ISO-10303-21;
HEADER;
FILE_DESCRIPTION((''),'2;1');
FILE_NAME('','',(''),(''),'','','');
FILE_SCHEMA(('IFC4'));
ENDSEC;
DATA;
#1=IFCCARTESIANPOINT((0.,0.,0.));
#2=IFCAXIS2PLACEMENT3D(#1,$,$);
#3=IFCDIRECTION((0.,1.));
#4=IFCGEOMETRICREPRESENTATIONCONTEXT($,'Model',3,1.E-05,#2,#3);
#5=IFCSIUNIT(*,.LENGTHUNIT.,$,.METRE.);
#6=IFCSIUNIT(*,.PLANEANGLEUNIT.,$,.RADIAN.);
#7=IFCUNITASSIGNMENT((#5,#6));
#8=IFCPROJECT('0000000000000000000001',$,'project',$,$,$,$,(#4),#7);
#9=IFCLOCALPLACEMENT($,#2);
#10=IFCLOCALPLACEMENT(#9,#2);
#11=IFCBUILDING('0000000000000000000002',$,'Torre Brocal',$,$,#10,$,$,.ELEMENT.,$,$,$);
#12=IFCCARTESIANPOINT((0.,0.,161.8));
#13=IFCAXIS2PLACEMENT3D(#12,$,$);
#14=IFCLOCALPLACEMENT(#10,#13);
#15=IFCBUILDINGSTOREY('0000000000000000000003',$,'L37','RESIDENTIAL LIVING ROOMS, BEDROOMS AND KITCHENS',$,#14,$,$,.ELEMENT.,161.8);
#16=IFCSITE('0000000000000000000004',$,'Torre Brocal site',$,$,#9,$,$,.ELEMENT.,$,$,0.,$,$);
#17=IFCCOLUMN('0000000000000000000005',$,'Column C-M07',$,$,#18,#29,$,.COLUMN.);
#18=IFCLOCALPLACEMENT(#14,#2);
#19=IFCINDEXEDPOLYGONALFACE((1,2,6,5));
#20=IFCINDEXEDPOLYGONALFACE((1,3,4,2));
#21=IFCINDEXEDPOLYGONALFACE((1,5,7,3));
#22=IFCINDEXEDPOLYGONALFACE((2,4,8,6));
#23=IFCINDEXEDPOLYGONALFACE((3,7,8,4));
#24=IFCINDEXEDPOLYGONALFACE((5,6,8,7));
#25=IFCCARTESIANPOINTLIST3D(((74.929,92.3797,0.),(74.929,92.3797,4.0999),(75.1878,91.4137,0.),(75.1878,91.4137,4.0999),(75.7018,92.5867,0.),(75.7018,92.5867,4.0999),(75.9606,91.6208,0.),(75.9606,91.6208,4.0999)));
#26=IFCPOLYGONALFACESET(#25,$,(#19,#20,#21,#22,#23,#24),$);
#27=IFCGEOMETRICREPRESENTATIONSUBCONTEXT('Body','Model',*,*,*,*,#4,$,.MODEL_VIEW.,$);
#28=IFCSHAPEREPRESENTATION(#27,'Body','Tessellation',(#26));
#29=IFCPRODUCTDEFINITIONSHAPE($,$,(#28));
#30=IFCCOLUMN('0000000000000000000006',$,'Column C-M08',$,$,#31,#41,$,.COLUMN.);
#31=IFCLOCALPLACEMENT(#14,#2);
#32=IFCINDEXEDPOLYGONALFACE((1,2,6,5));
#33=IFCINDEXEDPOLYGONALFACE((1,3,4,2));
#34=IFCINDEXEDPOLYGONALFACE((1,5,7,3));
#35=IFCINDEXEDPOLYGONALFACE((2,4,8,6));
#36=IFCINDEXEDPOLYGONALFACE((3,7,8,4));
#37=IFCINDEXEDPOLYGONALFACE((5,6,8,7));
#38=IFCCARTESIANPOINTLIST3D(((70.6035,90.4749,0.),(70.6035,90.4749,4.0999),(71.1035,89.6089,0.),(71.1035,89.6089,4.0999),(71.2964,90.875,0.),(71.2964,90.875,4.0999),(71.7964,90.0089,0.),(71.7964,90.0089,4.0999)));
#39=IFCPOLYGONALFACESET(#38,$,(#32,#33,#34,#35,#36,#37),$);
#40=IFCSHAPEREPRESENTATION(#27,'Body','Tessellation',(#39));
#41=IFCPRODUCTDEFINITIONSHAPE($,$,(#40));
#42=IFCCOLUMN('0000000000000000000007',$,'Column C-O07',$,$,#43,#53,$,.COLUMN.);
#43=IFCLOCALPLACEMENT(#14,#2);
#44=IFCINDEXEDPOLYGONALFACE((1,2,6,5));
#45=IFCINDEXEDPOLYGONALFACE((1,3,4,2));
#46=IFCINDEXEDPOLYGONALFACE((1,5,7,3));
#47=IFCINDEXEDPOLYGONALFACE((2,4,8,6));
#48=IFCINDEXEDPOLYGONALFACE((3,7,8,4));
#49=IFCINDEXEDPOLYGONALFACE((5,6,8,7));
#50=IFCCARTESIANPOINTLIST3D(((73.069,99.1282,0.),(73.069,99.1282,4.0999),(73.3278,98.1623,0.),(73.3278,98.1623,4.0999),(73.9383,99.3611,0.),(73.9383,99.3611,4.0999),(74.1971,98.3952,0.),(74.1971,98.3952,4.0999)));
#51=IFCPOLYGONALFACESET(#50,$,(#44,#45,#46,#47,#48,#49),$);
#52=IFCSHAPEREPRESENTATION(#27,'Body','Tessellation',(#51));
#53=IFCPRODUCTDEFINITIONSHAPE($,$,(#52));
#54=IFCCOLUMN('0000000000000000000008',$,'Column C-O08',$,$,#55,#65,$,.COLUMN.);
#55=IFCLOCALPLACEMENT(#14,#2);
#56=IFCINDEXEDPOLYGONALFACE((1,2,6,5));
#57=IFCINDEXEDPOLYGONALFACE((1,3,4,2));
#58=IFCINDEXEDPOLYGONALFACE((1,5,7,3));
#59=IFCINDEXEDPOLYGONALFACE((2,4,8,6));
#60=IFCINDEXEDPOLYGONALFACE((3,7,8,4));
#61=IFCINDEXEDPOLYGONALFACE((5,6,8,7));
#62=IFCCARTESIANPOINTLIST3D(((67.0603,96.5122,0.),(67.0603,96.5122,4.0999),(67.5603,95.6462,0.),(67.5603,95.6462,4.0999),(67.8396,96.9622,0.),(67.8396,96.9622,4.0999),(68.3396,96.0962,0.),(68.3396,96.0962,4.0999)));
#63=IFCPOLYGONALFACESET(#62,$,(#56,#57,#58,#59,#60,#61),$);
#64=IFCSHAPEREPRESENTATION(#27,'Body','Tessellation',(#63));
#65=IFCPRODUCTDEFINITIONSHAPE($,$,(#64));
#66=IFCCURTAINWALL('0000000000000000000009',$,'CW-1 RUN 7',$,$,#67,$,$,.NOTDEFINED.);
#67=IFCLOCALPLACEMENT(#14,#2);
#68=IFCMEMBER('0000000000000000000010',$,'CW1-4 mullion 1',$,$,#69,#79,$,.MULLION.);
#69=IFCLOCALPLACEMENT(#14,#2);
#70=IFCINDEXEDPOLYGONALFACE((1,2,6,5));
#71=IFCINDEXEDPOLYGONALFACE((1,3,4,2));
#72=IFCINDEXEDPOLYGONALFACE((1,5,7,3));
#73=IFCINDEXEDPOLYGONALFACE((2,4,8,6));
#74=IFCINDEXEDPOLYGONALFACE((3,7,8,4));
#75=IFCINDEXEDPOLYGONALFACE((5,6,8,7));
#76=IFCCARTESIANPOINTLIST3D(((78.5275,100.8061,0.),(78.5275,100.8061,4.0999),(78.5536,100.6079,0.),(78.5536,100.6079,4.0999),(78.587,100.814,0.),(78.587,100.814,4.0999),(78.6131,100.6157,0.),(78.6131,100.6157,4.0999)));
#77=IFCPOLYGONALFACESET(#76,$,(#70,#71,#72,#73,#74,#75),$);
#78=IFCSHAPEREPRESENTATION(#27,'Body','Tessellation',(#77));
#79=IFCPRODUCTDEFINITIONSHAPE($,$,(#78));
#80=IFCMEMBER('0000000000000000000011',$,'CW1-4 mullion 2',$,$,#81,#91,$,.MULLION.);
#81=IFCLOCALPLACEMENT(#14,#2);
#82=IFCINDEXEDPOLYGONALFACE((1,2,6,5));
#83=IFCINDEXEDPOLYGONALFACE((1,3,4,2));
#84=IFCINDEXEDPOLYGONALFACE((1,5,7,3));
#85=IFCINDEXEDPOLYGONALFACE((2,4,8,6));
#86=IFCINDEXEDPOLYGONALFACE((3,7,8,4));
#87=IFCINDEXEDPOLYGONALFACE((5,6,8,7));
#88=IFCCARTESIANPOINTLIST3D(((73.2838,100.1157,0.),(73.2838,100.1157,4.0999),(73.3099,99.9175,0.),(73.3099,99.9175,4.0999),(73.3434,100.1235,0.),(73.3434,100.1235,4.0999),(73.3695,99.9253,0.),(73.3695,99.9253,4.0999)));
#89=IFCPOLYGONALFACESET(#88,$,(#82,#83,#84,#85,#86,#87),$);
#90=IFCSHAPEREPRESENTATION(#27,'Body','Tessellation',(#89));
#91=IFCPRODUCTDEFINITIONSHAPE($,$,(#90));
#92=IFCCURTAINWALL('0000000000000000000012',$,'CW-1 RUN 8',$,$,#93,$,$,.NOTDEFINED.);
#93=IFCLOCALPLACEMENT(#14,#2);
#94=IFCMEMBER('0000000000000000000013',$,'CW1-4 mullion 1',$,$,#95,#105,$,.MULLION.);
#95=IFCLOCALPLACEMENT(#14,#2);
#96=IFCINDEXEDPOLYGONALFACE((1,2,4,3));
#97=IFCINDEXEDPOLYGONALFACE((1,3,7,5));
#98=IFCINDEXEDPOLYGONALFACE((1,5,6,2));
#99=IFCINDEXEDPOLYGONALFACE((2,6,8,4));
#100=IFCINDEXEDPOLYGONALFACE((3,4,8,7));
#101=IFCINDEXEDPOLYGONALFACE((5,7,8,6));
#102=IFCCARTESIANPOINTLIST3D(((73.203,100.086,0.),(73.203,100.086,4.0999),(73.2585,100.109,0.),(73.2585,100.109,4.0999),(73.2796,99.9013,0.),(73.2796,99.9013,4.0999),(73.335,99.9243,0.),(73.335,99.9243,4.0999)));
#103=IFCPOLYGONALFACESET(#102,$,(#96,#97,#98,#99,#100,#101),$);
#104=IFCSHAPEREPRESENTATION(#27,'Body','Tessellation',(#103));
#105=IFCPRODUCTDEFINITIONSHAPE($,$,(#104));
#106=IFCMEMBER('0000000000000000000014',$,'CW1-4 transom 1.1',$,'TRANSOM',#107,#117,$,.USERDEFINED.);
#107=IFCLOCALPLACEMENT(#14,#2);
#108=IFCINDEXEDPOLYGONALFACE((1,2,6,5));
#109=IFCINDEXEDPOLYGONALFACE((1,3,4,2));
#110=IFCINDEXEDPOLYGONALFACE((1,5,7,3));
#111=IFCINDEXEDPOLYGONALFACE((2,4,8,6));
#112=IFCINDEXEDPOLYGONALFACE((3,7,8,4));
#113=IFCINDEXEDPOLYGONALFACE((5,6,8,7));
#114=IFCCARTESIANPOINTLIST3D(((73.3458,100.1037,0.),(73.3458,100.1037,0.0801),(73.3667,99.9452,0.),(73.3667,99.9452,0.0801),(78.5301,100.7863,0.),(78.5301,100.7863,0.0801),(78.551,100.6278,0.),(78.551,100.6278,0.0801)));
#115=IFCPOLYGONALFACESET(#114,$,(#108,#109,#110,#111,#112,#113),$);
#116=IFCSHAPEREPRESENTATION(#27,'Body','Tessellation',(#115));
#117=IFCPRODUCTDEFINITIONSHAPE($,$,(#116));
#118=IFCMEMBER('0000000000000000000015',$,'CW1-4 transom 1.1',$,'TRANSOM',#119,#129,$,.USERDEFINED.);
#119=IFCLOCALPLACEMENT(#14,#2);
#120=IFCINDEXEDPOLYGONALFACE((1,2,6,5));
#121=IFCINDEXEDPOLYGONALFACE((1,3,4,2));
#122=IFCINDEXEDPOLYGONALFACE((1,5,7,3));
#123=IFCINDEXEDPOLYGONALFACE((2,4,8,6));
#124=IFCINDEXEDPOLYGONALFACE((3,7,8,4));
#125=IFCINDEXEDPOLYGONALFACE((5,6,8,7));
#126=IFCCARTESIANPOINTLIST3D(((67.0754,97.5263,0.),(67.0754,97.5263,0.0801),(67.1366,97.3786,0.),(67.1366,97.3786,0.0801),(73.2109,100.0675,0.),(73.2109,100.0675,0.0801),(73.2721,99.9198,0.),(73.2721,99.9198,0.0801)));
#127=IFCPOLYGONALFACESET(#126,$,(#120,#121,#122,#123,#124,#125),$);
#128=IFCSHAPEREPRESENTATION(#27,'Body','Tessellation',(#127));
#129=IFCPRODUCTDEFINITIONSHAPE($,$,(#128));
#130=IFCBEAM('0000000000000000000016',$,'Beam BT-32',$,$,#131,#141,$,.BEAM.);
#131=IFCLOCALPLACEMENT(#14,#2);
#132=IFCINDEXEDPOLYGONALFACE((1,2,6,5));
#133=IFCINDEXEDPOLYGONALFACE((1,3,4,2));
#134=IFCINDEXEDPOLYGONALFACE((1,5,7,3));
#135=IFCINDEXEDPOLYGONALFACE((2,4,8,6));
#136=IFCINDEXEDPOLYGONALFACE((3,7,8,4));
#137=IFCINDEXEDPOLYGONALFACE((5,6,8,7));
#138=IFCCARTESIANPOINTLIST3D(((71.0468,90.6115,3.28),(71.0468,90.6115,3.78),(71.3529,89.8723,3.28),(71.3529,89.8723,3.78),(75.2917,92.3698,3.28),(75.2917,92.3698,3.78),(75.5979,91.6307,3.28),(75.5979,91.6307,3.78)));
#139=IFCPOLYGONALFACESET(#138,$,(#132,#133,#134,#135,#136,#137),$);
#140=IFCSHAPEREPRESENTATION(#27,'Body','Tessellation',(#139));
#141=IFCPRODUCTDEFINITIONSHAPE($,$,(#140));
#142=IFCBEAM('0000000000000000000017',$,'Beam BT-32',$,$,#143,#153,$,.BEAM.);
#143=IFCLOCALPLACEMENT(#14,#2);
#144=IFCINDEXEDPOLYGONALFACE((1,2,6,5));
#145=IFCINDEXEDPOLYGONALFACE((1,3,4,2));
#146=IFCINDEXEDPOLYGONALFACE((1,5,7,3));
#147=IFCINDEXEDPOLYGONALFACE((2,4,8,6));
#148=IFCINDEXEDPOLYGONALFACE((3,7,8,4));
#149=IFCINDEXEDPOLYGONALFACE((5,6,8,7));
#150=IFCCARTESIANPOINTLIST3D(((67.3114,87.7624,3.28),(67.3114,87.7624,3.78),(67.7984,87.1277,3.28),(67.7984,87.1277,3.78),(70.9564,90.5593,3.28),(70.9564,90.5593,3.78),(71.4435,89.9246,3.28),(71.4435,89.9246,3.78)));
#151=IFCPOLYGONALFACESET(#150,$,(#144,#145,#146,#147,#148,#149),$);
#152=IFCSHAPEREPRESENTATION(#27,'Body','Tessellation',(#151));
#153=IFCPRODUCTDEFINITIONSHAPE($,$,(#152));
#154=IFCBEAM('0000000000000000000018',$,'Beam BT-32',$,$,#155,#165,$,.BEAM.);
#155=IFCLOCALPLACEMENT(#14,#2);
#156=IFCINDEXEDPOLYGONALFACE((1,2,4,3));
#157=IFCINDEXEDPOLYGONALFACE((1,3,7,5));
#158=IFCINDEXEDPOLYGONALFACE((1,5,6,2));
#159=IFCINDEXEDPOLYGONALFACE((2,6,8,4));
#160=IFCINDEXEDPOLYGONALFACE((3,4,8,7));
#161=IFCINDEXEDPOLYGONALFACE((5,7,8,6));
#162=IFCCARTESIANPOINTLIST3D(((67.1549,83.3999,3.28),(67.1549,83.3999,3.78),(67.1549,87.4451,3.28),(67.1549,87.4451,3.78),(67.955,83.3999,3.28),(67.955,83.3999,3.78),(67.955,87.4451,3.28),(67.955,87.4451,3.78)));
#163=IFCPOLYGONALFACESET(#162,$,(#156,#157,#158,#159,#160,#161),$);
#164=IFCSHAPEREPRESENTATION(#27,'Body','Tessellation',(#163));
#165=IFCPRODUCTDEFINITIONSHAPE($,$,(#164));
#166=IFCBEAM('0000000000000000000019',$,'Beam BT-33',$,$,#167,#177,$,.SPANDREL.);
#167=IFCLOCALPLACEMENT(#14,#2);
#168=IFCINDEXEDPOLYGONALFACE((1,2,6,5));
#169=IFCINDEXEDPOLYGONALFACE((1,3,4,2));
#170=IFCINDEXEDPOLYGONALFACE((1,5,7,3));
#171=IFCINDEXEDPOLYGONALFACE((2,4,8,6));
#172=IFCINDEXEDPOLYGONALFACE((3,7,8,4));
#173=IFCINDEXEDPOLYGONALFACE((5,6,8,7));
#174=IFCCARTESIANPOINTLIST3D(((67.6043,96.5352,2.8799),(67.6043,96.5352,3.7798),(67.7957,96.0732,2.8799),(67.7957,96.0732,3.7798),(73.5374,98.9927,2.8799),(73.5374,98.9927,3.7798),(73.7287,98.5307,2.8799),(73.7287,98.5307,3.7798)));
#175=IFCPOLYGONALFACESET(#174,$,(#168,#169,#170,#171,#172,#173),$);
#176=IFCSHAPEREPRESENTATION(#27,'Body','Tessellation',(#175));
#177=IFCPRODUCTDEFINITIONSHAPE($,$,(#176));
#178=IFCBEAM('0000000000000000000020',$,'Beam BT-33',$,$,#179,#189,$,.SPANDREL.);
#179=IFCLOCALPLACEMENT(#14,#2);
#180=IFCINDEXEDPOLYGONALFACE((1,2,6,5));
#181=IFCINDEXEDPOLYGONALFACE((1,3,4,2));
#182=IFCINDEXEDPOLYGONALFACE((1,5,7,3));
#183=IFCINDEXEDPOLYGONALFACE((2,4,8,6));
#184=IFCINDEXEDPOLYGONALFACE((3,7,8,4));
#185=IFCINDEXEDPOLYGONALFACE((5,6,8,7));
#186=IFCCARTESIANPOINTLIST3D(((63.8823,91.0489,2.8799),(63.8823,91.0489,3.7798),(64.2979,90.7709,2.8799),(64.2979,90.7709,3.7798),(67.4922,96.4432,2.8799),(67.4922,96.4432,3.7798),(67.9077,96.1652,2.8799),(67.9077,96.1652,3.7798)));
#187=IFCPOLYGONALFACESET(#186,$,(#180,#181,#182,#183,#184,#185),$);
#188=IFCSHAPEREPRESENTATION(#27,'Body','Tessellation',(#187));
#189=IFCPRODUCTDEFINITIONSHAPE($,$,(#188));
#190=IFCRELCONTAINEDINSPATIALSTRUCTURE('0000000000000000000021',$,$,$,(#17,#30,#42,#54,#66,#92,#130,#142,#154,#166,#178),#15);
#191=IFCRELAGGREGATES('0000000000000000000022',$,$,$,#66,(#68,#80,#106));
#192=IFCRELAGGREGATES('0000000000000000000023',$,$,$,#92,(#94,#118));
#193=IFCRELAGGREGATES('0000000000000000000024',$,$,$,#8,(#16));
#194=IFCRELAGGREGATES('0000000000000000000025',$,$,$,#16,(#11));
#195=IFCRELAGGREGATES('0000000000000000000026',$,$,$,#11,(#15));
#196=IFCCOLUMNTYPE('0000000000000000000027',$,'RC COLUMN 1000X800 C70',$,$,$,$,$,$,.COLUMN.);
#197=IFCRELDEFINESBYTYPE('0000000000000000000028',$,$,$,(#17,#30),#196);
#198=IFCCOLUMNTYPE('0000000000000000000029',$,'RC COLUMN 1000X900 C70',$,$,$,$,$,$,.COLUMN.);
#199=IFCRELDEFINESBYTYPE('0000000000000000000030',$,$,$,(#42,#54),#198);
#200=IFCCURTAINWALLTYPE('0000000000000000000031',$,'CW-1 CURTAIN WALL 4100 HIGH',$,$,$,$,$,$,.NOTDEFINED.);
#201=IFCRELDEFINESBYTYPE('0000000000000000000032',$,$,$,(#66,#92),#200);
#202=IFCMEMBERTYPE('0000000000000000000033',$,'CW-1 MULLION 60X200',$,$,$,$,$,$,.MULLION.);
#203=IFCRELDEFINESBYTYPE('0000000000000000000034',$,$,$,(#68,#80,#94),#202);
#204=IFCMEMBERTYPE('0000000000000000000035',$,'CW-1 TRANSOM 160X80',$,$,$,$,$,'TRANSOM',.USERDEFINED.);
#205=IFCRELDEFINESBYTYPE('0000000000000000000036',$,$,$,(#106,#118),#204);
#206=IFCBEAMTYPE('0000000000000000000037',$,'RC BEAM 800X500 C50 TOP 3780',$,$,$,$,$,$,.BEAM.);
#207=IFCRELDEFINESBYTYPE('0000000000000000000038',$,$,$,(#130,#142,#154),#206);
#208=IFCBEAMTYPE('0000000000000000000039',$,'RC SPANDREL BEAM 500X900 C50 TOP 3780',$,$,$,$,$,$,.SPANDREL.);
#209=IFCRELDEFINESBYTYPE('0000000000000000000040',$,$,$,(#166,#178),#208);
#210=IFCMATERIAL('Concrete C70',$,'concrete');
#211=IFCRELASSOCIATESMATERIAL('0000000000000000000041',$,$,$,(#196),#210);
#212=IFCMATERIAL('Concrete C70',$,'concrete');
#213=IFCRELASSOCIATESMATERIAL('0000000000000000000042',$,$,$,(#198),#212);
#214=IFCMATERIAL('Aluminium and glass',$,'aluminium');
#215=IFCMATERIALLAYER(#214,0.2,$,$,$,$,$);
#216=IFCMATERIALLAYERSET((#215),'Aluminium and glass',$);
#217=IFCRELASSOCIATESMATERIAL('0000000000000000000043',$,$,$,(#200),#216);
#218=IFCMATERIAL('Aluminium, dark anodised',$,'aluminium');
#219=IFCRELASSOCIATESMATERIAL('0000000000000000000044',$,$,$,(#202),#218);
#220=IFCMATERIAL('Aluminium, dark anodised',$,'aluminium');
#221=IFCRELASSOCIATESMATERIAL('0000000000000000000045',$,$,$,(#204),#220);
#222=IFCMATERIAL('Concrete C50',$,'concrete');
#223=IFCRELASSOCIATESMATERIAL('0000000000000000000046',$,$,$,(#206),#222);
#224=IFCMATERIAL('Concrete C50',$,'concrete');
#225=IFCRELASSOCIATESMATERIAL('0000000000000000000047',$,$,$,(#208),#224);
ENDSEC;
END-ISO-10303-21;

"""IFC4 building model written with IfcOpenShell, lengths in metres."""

from ifc_helpers import new_model, si_unit, direction, frame, origin, origin_2d, place, context, subcontext, project, spatial, rectangle, extrude, material, layer, layer_set, material_profile, profile_set, type_object, element, aggregate, save


model = new_model("IFC4")

# Units and contexts
model_context = context("Model", 3, precision=1e-05, world=origin(), true_north=direction((0.0, 1.0)))
body_context = subcontext(model_context, "Body", "Model", "MODEL_VIEW")
ifc_project = project(units=[si_unit("LENGTHUNIT", "METRE"), si_unit("PLANEANGLEUNIT", "RADIAN")], contexts=[model_context])

# Site, building, storey
site_placement = place(None, origin())
site = spatial("IfcSite", under=ifc_project, at=site_placement, Name="Torre Brocal site", CompositionType="ELEMENT", RefElevation=0.0)
building_placement = place(site_placement, origin())
building = spatial("IfcBuilding", under=site, at=building_placement, Name="Torre Brocal", CompositionType="ELEMENT")
storey_placement = place(building_placement, frame((0.0, 0.0, 161.8)))
storey = spatial("IfcBuildingStorey", under=building, at=storey_placement, Name="L37", Description="RESIDENTIAL LIVING ROOMS, BEDROOMS AND KITCHENS", CompositionType="ELEMENT", Elevation=161.8)

# Columns
ifc_material_1 = material(Name="Concrete C70", Category="concrete")
ifc_material_profile_1 = material_profile(ifc_material_1, rectangle(XDim=1.0, YDim=0.8, at=origin_2d()), Name="RC 1000X800")
ifc_profile_set_1 = profile_set([ifc_material_profile_1], Name="Concrete C70")
column_type_1 = type_object("IfcColumnType", Name="RC COLUMN 1000X800 C70", PredefinedType="COLUMN", material=ifc_profile_set_1)
for number, where, z_axis, x_axis, name in (
    (1, (75.4448, 92.0002, 0.0), (0.0, 0.0, 1.0), (-0.258819, 0.965926, 0.0), "Column C-M07"),
    (2, (71.2, 90.2419, 0.0), (0.0, 0.0, 1.0), (-0.5, 0.866025, 0.0), "Column C-M08"),
):
    element("IfcColumn", number, at=place(storey_placement, frame(where, z_axis=z_axis, x_axis=x_axis)), inside=storey, type_object=column_type_1, Name=name, PredefinedType="COLUMN", context=body_context, shape_type="SweptSolid", body=[
        extrude(rectangle(XDim=1.0, YDim=0.8, at=origin_2d()), origin(), (0.0, 0.0, 1.0), 4.0999),
    ])
ifc_material_2 = material(Name="Concrete C70", Category="concrete")
ifc_material_profile_2 = material_profile(ifc_material_2, rectangle(XDim=1.0, YDim=0.8999, at=origin_2d()), Name="RC 1000X900")
ifc_profile_set_2 = profile_set([ifc_material_profile_2], Name="Concrete C70")
column_type_2 = type_object("IfcColumnType", Name="RC COLUMN 1000X900 C70", PredefinedType="COLUMN", material=ifc_profile_set_2)
for number, where, z_axis, x_axis, name in (
    (3, (73.6331, 98.7617, 0.0), (0.0, 0.0, 1.0), (-0.258819, 0.965926, 0.0), "Column C-O07"),
    (4, (67.7, 96.3042, 0.0), (0.0, 0.0, 1.0), (-0.5, 0.866025, 0.0), "Column C-O08"),
):
    element("IfcColumn", number, at=place(storey_placement, frame(where, z_axis=z_axis, x_axis=x_axis)), inside=storey, type_object=column_type_2, Name=name, PredefinedType="COLUMN", context=body_context, shape_type="SweptSolid", body=[
        extrude(rectangle(XDim=1.0, YDim=0.8999, at=origin_2d()), origin(), (0.0, 0.0, 1.0), 4.0999),
    ])

# Curtain wall, members
ifc_material_3 = material(Name="Aluminium and glass", Category="aluminium")
ifc_layer_1 = layer(ifc_material_3, 0.2)
ifc_layer_set_1 = layer_set([ifc_layer_1], Name="Aluminium and glass")
curtain_wall_type = type_object("IfcCurtainWallType", Name="CW-1 CURTAIN WALL 4100 HIGH", PredefinedType="NOTDEFINED", material=ifc_layer_set_1)
curtain_wall_1_placement = place(storey_placement, origin())
curtain_wall_1 = element("IfcCurtainWall", 5, at=curtain_wall_1_placement, inside=storey, type_object=curtain_wall_type, Name="CW-1 RUN 7", PredefinedType="NOTDEFINED")
ifc_material_4 = material(Name="Aluminium, dark anodised", Category="aluminium")
ifc_material_profile_3 = material_profile(ifc_material_4, rectangle(XDim=0.2, YDim=0.0601, at=origin_2d()), Name="CW-1 MULLION 60X200")
ifc_profile_set_3 = profile_set([ifc_material_profile_3], Name="Aluminium, dark anodised")
member_type_1 = type_object("IfcMemberType", Name="CW-1 MULLION 60X200", PredefinedType="MULLION", material=ifc_profile_set_3)
member_1_placement = place(storey_placement, frame((78.5703, 100.7109, 0.0), z_axis=(0.0, 0.0, 1.0), x_axis=(0.130526, -0.991445, 0.0)))
member_1 = element("IfcMember", 6, at=member_1_placement, type_object=member_type_1, Name="CW1-4 mullion 1", PredefinedType="MULLION", context=body_context, shape_type="SweptSolid", body=[
    extrude(rectangle(XDim=0.2, YDim=0.0601, at=origin_2d()), origin(), (0.0, 0.0, 1.0), 4.0999),
])
member_2_placement = place(storey_placement, frame((73.3267, 100.0205, 0.0), z_axis=(0.0, 0.0, 1.0), x_axis=(0.130526, -0.991445, 0.0)))
member_2 = element("IfcMember", 7, at=member_2_placement, type_object=member_type_1, Name="CW1-4 mullion 2", PredefinedType="MULLION", context=body_context, shape_type="SweptSolid", body=[
    extrude(rectangle(XDim=0.2, YDim=0.0601, at=origin_2d()), origin(), (0.0, 0.0, 1.0), 4.0999),
])

# Curtain wall, member
curtain_wall_2_placement = place(storey_placement, origin())
curtain_wall_2 = element("IfcCurtainWall", 8, at=curtain_wall_2_placement, inside=storey, type_object=curtain_wall_type, Name="CW-1 RUN 8", PredefinedType="NOTDEFINED")
member_3_placement = place(storey_placement, frame((73.269, 100.0051, 0.0), z_axis=(0.0, 0.0, 1.0), x_axis=(0.382683, -0.92388, 0.0)))
member_3 = element("IfcMember", 9, at=member_3_placement, type_object=member_type_1, Name="CW1-4 mullion 1", PredefinedType="MULLION", context=body_context, shape_type="SweptSolid", body=[
    extrude(rectangle(XDim=0.2, YDim=0.0601, at=origin_2d()), origin(), (0.0, 0.0, 1.0), 4.0999),
])

# Members
ifc_material_5 = material(Name="Aluminium, dark anodised", Category="aluminium")
ifc_material_profile_4 = material_profile(ifc_material_5, rectangle(XDim=0.1599, YDim=0.0801, at=origin_2d()), Name="CW-1 TRANSOM 160X80")
ifc_profile_set_4 = profile_set([ifc_material_profile_4], Name="Aluminium, dark anodised")
member_type_2 = type_object("IfcMemberType", Name="CW-1 TRANSOM 160X80", ElementType="TRANSOM", PredefinedType="USERDEFINED", material=ifc_profile_set_4)
member_4_placement = place(storey_placement, frame((78.5405, 100.707, 0.04), z_axis=(-0.991443, -0.130543, 0.0), x_axis=(0.130543, -0.991443, 0.0)))
member_4 = element("IfcMember", 10, at=member_4_placement, type_object=member_type_2, Name="CW1-4 transom 1.1", ObjectType="TRANSOM", PredefinedType="USERDEFINED", context=body_context, shape_type="SweptSolid", body=[
    extrude(rectangle(XDim=0.1599, YDim=0.0801, at=origin_2d()), origin(), (0.0, 0.0, 1.0), 5.229),
])
member_5_placement = place(storey_placement, frame((73.2415, 99.9937, 0.04), z_axis=(-0.923887, -0.382665, 0.0), x_axis=(0.382665, -0.923887, 0.0)))
member_5 = element("IfcMember", 11, at=member_5_placement, type_object=member_type_2, Name="CW1-4 transom 1.1", ObjectType="TRANSOM", PredefinedType="USERDEFINED", context=body_context, shape_type="SweptSolid", body=[
    extrude(rectangle(XDim=0.1599, YDim=0.0801, at=origin_2d()), origin(), (0.0, 0.0, 1.0), 6.6409),
])

# Beams
ifc_material_6 = material(Name="Concrete C50", Category="concrete")
ifc_material_profile_5 = material_profile(ifc_material_6, rectangle(XDim=0.8, YDim=0.5, at=origin_2d()), Name="RC 800X500")
ifc_profile_set_5 = profile_set([ifc_material_profile_5], Name="Concrete C50")
beam_type_1 = type_object("IfcBeamType", Name="RC BEAM 800X500 C50 TOP 3780", PredefinedType="BEAM", material=ifc_profile_set_5)
beam_1_placement = place(storey_placement, frame((75.4448, 92.0002, 3.53), z_axis=(-0.923878, -0.382687, 0.0), x_axis=(0.382687, -0.923878, 0.0)))
element("IfcBeam", 12, at=beam_1_placement, inside=storey, type_object=beam_type_1, Name="Beam BT-32", PredefinedType="BEAM", context=body_context, shape_type="SweptSolid", body=[
    extrude(rectangle(XDim=0.8, YDim=0.5, at=origin_2d()), origin(), (0.0, 0.0, 1.0), 4.5947),
])
beam_2_placement = place(storey_placement, frame((71.2, 90.2419, 3.53), z_axis=(-0.793358, -0.608755, 0.0), x_axis=(0.608755, -0.793358, 0.0)))
element("IfcBeam", 13, at=beam_2_placement, inside=storey, type_object=beam_type_1, Name="Beam BT-32", PredefinedType="BEAM", context=body_context, shape_type="SweptSolid", body=[
    extrude(rectangle(XDim=0.8, YDim=0.5, at=origin_2d()), origin(), (0.0, 0.0, 1.0), 4.5945),
])
beam_3_placement = place(storey_placement, frame((67.5549, 87.4451, 3.53), z_axis=(0.0, -1.0, 0.0), x_axis=(1.0, 0.0, 0.0)))
element("IfcBeam", 14, at=beam_3_placement, inside=storey, type_object=beam_type_1, Name="Beam BT-32", PredefinedType="BEAM", context=body_context, shape_type="SweptSolid", body=[
    extrude(rectangle(XDim=0.8, YDim=0.5, at=origin_2d()), origin(), (0.0, 0.0, 1.0), 4.0452),
])
ifc_material_7 = material(Name="Concrete C50", Category="concrete")
ifc_material_profile_6 = material_profile(ifc_material_7, rectangle(XDim=0.5, YDim=0.8999, at=origin_2d()), Name="RC 500X900")
ifc_profile_set_6 = profile_set([ifc_material_profile_6], Name="Concrete C50")
beam_type_2 = type_object("IfcBeamType", Name="RC SPANDREL BEAM 500X900 C50 TOP 3780", PredefinedType="SPANDREL", material=ifc_profile_set_6)
beam_4_placement = place(storey_placement, frame((73.6331, 98.7617, 3.3298), z_axis=(-0.923882, -0.382676, 0.0), x_axis=(0.382676, -0.923882, 0.0)))
element("IfcBeam", 15, at=beam_4_placement, inside=storey, type_object=beam_type_2, Name="Beam BT-33", PredefinedType="SPANDREL", context=body_context, shape_type="SweptSolid", body=[
    extrude(rectangle(XDim=0.5, YDim=0.8999, at=origin_2d()), origin(), (0.0, 0.0, 1.0), 6.4219),
])
beam_5_placement = place(storey_placement, frame((67.7, 96.3042, 3.3298), z_axis=(-0.556158, -0.831077, 0.0), x_axis=(0.831077, -0.556158, 0.0)))
element("IfcBeam", 16, at=beam_5_placement, inside=storey, type_object=beam_type_2, Name="Beam BT-33", PredefinedType="SPANDREL", context=body_context, shape_type="SweptSolid", body=[
    extrude(rectangle(XDim=0.5, YDim=0.8999, at=origin_2d()), origin(), (0.0, 0.0, 1.0), 6.4907),
])

aggregate(curtain_wall_1, [member_1, member_2, member_4])
aggregate(curtain_wall_2, [member_3, member_5])

save(model, "model.ifc")
